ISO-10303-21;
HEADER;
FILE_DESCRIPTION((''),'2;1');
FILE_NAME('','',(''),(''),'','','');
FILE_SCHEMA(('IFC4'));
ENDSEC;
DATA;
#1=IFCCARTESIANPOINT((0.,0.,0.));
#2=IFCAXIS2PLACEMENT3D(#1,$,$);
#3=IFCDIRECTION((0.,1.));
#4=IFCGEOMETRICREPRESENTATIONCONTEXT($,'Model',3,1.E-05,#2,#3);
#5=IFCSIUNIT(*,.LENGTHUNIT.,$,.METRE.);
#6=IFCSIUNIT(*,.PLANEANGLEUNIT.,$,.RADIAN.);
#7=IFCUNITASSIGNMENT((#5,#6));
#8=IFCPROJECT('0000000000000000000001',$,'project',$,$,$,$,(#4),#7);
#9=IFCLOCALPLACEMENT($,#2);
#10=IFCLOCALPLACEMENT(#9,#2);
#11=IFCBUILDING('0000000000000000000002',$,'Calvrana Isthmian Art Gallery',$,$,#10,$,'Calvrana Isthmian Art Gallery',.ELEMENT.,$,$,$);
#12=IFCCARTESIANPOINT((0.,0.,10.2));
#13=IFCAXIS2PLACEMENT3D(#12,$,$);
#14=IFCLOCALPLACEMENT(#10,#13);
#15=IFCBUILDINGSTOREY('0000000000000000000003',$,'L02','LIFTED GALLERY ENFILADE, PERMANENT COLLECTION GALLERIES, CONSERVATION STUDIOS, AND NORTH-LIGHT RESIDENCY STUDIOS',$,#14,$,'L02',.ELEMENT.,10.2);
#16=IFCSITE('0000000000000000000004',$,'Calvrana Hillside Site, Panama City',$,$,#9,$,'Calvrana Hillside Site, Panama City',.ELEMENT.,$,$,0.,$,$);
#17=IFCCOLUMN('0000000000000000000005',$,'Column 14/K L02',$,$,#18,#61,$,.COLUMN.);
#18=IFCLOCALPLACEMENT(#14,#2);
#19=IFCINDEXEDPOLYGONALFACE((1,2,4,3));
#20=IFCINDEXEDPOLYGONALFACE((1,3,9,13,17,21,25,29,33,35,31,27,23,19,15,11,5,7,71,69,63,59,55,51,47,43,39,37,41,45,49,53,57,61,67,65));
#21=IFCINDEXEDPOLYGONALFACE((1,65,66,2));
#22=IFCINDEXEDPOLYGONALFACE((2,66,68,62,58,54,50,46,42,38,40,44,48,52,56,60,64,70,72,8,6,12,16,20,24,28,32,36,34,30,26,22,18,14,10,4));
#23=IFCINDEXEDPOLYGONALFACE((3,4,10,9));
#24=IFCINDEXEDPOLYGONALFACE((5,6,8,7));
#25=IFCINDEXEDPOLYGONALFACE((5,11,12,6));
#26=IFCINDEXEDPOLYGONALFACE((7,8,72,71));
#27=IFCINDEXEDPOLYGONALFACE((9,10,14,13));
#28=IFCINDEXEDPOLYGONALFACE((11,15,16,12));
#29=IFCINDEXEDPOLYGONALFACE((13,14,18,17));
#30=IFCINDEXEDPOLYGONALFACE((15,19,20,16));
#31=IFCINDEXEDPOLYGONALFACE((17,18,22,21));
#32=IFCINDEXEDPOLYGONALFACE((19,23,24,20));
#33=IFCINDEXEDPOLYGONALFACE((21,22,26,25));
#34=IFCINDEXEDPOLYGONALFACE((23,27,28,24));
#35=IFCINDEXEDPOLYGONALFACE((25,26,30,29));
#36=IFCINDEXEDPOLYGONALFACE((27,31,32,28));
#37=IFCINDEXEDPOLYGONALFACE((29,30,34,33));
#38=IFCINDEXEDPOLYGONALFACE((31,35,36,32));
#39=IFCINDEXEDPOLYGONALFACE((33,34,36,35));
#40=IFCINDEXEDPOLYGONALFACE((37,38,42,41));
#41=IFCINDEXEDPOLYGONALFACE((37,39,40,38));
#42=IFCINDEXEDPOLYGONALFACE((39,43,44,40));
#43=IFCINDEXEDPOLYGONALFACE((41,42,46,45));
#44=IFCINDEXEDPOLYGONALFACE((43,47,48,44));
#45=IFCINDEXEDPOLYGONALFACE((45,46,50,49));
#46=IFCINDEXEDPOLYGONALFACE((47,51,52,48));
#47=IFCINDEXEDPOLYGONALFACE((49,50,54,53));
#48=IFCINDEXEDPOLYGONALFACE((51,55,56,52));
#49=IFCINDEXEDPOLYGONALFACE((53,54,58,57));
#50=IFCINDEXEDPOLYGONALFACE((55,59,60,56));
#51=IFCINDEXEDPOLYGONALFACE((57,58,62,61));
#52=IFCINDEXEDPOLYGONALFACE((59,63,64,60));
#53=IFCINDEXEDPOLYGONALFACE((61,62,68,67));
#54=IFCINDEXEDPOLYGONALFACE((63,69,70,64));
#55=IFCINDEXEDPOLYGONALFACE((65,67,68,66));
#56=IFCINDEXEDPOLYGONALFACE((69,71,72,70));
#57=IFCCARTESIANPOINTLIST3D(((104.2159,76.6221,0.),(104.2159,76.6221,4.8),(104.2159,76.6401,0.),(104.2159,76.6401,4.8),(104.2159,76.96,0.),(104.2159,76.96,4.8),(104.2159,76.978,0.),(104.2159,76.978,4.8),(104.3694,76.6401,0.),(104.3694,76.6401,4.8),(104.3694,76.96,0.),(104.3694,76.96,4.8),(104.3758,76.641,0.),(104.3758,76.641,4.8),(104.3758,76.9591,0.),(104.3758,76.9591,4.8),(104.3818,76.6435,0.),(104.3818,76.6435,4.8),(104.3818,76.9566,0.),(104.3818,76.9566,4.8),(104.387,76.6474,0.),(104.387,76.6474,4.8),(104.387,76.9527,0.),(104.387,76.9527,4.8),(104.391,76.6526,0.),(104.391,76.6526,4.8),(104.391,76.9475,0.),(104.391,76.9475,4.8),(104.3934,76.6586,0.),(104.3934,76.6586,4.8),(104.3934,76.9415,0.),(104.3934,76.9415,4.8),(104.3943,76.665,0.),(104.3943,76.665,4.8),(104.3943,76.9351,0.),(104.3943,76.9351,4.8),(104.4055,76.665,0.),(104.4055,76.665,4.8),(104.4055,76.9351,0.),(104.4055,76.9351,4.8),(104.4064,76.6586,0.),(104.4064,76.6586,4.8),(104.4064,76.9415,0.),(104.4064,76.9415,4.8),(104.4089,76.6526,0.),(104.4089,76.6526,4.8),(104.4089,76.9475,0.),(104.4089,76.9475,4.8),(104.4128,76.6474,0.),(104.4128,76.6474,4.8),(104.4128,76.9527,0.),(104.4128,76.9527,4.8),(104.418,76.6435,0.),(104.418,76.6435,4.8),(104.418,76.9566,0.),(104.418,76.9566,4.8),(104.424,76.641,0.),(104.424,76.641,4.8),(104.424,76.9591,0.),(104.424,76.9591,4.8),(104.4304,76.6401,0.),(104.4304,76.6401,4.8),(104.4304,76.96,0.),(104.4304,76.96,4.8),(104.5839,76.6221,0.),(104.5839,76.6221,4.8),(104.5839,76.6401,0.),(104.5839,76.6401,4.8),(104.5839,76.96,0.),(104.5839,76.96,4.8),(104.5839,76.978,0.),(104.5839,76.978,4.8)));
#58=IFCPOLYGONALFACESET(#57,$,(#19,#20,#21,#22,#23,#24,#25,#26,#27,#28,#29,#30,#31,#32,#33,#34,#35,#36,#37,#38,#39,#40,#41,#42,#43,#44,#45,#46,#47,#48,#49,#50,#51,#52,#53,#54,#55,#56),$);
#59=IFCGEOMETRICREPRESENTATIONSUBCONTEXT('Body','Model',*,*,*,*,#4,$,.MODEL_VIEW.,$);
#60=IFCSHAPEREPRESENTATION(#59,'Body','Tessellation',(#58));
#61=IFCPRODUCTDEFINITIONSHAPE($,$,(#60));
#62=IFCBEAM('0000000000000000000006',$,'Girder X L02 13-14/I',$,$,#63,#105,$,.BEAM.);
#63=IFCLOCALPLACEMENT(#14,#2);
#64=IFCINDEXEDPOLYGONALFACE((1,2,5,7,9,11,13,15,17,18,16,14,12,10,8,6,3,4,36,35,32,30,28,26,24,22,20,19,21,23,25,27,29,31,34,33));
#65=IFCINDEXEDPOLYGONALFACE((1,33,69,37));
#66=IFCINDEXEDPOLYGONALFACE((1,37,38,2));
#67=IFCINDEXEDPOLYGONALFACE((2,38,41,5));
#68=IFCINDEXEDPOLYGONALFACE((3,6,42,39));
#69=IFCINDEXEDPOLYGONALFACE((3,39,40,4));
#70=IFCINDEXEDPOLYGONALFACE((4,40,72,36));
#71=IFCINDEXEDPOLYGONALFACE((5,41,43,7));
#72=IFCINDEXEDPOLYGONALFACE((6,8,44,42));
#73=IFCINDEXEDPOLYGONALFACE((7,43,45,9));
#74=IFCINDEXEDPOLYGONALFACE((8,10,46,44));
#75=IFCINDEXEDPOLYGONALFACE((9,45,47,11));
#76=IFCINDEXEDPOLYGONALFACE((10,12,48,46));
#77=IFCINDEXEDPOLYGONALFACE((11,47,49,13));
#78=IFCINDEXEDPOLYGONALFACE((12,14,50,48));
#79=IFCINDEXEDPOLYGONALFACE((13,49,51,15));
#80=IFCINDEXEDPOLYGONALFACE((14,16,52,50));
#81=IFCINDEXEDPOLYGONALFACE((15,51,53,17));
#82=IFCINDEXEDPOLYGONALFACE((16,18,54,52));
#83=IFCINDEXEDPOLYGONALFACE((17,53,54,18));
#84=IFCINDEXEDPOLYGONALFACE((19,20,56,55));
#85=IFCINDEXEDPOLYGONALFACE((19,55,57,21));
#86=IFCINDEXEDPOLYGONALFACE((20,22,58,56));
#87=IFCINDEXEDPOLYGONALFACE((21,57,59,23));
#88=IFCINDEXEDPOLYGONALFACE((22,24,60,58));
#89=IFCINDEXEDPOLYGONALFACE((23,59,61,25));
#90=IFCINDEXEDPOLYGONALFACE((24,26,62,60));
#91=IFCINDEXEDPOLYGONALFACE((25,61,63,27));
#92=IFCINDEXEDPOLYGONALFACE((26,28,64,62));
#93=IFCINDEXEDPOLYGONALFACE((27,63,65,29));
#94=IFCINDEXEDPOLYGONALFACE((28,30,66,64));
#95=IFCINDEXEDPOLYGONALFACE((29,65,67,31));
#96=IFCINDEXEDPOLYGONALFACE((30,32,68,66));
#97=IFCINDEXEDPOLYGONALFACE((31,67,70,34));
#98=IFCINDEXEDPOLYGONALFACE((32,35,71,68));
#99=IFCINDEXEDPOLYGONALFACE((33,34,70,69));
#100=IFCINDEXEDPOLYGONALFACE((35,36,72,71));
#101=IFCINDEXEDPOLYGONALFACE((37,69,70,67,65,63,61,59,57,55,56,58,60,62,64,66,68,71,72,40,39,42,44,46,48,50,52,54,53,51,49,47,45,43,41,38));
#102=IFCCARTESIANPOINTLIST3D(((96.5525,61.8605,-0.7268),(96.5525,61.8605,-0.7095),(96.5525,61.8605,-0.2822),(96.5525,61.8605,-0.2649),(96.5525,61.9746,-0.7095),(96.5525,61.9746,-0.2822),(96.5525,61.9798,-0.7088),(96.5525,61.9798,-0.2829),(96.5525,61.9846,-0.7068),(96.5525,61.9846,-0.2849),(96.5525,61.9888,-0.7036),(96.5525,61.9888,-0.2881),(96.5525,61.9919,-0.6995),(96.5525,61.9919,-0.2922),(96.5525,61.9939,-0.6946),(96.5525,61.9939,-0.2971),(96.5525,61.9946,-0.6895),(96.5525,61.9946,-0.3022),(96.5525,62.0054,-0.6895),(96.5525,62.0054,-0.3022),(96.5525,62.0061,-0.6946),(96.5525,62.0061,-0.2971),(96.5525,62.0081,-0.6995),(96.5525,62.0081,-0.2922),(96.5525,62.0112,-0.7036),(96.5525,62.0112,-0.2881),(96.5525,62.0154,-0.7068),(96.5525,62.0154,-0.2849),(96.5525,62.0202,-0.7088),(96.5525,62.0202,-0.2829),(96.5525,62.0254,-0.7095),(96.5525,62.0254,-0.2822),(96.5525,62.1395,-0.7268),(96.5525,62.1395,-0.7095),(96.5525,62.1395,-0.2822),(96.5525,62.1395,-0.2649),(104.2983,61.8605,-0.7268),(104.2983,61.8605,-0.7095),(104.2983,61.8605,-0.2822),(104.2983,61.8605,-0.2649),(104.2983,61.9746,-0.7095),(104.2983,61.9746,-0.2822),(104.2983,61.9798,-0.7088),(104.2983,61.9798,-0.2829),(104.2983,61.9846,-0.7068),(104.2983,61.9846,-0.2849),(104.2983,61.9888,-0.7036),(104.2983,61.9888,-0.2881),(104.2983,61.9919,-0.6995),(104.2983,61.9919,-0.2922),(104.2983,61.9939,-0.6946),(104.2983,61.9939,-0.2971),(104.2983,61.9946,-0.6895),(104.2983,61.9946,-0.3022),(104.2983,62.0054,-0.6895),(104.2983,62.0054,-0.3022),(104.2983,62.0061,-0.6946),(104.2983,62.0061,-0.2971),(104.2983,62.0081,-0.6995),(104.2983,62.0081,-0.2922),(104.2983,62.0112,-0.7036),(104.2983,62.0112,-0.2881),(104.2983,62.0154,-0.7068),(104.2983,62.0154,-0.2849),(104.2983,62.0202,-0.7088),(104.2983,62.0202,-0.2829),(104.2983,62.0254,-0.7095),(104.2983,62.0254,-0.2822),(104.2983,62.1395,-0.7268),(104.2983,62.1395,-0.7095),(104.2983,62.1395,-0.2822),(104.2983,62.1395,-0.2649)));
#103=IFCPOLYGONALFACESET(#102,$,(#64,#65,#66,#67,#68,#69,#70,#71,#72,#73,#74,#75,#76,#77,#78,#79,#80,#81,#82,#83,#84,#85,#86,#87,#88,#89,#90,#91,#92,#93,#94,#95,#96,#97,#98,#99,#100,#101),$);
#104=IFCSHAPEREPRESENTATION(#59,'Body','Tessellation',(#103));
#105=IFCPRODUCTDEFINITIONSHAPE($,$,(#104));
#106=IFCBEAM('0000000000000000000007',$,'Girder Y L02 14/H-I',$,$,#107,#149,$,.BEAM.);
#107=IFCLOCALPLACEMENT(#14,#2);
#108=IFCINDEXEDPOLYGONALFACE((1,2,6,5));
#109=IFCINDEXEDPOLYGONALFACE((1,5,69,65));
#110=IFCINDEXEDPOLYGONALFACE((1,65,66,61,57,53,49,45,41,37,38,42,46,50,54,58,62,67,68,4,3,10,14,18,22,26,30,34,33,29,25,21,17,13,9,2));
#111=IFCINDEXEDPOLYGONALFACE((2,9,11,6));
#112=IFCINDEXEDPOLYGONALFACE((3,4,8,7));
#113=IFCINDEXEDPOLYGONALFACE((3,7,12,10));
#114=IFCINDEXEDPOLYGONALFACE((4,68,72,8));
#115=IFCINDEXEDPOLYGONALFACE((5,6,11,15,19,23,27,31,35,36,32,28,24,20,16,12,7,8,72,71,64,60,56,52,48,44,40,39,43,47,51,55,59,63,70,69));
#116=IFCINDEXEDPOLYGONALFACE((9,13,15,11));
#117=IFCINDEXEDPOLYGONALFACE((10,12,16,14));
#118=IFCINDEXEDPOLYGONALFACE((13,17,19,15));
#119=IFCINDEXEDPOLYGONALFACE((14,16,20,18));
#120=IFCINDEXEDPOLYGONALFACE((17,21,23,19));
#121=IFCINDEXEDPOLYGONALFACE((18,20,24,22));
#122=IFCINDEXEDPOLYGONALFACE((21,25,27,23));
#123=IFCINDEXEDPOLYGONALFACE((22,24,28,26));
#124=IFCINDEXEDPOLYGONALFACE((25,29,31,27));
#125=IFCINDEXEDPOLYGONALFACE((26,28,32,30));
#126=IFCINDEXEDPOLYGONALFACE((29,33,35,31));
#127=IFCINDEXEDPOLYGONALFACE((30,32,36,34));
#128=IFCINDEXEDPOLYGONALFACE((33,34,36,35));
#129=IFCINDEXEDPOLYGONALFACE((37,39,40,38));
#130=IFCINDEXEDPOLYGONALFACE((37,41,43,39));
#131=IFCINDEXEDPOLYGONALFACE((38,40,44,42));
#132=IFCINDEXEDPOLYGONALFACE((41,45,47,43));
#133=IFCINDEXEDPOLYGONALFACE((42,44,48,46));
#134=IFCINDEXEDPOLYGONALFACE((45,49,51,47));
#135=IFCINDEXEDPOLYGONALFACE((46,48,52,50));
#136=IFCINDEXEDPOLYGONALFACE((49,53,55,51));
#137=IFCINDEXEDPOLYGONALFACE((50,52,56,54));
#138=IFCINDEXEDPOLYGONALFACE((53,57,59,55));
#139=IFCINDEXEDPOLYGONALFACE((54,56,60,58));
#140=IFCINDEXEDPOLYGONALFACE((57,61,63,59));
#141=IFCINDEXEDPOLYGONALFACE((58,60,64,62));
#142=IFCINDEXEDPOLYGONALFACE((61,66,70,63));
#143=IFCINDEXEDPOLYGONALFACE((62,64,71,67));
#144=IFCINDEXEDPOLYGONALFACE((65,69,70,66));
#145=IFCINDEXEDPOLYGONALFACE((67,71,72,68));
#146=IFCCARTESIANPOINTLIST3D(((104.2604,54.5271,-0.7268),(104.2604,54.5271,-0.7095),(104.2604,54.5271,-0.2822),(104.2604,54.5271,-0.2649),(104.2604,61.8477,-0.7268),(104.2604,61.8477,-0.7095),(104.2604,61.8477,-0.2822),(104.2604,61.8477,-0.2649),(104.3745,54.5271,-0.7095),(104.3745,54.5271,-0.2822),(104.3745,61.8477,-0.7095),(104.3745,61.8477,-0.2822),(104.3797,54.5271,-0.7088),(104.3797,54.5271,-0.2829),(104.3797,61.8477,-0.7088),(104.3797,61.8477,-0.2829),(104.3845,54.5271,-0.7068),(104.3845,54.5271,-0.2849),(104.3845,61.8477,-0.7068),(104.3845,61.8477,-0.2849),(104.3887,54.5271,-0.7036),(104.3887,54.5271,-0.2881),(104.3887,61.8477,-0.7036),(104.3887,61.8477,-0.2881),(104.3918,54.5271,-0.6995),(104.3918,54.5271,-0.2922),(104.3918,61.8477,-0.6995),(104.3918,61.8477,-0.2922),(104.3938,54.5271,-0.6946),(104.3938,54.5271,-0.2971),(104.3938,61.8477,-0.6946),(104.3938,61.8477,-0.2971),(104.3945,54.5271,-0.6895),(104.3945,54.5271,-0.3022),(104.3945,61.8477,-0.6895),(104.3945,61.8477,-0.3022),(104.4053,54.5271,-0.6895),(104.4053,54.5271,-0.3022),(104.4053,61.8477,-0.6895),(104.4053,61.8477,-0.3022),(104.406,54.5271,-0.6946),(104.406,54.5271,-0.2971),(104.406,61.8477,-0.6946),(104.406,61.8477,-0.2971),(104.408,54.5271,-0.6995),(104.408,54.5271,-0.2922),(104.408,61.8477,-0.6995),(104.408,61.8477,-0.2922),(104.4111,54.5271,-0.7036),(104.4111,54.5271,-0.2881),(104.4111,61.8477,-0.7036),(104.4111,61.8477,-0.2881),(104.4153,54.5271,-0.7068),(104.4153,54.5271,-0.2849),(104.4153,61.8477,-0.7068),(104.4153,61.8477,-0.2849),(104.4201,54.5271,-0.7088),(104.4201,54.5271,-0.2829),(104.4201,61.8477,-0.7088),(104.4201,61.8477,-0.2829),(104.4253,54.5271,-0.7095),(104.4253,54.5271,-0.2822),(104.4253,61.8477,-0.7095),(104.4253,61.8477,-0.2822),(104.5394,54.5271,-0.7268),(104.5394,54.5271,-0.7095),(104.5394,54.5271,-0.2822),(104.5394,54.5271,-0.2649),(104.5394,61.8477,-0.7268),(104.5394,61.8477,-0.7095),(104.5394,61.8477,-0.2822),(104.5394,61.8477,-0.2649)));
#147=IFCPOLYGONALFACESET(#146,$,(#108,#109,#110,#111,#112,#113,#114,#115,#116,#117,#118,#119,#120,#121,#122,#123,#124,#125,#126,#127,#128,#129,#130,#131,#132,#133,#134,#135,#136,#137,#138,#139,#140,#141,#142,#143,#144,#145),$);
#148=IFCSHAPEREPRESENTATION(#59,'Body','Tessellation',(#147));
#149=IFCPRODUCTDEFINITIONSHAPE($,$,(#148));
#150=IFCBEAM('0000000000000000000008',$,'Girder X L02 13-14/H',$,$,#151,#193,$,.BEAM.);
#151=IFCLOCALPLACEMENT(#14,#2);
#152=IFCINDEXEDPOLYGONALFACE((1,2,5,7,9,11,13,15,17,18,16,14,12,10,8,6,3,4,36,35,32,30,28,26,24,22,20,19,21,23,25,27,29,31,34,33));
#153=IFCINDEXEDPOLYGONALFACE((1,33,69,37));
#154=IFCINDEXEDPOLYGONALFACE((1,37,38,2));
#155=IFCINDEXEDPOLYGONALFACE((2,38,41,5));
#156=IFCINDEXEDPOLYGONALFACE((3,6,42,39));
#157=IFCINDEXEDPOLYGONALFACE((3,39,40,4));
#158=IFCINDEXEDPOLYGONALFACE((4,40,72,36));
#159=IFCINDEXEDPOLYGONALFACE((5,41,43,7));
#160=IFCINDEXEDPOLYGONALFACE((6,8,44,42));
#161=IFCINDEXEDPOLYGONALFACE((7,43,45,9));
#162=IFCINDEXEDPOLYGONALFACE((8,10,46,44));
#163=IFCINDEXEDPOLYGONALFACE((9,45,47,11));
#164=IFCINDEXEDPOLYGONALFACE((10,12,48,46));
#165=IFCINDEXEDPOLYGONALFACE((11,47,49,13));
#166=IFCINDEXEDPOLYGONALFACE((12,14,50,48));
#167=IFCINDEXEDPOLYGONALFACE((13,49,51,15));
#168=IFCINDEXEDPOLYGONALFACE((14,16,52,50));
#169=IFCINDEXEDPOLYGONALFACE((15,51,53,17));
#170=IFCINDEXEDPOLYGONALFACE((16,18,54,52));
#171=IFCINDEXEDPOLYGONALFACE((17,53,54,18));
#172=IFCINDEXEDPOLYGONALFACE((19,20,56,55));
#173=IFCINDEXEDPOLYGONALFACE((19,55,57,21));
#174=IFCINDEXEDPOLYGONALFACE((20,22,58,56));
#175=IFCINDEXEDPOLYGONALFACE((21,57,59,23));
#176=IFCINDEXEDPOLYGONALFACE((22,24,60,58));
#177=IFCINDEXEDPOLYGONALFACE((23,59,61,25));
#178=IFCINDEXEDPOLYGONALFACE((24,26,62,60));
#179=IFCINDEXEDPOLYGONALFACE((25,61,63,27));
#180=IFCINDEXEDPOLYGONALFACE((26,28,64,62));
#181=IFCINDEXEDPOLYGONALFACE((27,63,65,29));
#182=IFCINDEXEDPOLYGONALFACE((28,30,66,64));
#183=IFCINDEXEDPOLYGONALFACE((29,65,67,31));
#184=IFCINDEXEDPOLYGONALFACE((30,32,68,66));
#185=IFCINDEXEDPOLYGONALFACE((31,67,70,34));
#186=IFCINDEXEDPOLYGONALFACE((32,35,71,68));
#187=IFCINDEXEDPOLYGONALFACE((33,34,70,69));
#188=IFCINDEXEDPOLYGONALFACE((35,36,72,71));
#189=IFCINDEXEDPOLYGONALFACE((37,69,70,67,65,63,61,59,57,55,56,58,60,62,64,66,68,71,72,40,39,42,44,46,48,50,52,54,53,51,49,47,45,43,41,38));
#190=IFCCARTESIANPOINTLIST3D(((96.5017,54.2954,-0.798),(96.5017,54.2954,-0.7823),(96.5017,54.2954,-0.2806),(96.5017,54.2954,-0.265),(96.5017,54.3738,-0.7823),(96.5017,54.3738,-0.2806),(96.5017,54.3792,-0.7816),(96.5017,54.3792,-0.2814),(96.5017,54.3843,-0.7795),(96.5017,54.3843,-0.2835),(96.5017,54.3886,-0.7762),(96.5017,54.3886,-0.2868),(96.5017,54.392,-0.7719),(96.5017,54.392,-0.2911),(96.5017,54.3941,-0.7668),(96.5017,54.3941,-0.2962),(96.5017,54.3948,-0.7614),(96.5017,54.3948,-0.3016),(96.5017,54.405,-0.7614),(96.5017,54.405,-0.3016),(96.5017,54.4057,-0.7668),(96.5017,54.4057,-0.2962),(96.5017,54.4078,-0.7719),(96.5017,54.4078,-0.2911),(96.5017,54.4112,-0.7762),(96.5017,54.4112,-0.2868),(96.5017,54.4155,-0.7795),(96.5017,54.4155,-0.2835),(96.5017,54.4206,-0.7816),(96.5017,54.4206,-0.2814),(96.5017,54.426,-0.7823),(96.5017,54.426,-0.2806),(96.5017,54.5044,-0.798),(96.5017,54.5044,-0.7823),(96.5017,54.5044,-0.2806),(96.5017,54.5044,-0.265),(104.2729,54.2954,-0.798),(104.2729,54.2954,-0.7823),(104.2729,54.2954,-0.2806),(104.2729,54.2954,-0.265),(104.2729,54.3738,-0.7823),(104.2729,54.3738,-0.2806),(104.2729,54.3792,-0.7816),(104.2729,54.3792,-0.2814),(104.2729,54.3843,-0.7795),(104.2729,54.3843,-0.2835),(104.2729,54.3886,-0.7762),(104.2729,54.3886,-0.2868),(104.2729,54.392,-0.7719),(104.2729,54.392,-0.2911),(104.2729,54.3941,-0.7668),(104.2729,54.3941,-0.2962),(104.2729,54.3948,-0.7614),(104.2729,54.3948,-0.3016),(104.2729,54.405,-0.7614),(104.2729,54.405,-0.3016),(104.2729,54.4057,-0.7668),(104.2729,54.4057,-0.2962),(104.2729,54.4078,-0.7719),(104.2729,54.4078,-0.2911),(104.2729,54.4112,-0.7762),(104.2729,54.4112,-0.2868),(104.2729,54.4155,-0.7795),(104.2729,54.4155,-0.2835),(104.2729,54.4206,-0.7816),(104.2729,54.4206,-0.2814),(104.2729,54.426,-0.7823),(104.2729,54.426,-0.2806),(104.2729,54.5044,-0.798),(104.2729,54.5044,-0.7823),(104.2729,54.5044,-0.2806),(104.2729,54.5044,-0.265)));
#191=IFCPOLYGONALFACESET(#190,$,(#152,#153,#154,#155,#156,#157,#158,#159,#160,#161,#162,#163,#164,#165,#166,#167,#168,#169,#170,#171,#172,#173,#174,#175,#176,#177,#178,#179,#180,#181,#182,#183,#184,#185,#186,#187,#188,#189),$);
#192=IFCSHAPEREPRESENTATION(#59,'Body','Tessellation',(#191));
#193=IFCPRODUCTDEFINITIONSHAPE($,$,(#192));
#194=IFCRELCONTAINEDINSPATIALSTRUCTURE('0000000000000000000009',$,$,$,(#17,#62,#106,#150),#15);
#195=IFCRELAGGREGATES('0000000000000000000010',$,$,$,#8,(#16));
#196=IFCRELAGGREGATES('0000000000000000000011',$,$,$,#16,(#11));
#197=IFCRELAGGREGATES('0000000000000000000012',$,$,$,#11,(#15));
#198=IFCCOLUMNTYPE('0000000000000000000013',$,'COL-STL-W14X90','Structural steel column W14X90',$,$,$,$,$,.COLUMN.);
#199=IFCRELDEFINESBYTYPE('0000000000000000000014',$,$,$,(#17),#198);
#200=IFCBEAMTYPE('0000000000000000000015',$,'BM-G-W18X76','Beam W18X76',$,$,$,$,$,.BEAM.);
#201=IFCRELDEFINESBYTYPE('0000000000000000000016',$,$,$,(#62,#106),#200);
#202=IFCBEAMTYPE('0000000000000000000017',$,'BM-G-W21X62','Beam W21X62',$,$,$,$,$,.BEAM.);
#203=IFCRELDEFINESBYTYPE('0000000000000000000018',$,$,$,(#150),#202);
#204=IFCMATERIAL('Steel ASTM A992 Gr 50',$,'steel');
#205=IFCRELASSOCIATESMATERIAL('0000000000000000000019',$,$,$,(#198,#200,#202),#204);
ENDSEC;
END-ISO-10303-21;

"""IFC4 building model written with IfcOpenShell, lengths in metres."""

from ifc_helpers import new_model, si_unit, direction, frame, origin, origin_2d, place, context, subcontext, project, spatial, i_section, extrude, material, material_profile, profile_set, type_object, element, save


model = new_model("IFC4")

# Units and contexts
model_context = context("Model", 3, precision=1e-05, world=origin(), true_north=direction((0.0, 1.0)))
body_context = subcontext(model_context, "Body", "Model", "MODEL_VIEW")
ifc_project = project(units=[si_unit("LENGTHUNIT", "METRE"), si_unit("PLANEANGLEUNIT", "RADIAN")], contexts=[model_context])

# Site, building, storey
site_placement = place(None, origin())
site = spatial("IfcSite", under=ifc_project, at=site_placement, Name="Calvrana Hillside Site, Panama City", LongName="Calvrana Hillside Site, Panama City", CompositionType="ELEMENT", RefElevation=0.0)
building_placement = place(site_placement, origin())
building = spatial("IfcBuilding", under=site, at=building_placement, Name="Calvrana Isthmian Art Gallery", LongName="Calvrana Isthmian Art Gallery", CompositionType="ELEMENT")
storey_placement = place(building_placement, frame((0.0, 0.0, 10.2)))
storey = spatial("IfcBuildingStorey", under=building, at=storey_placement, Name="L02", Description="LIFTED GALLERY ENFILADE, PERMANENT COLLECTION GALLERIES, CONSERVATION STUDIOS, AND NORTH-LIGHT RESIDENCY STUDIOS", LongName="L02", CompositionType="ELEMENT", Elevation=10.2)

# Column
ifc_material_1 = material(Name="Steel ASTM A992 Gr 50", Category="steel")
ifc_material_profile_1 = material_profile(ifc_material_1, i_section(OverallWidth=0.3679, OverallDepth=0.356, WebThickness=0.0112, FlangeThickness=0.0181, FilletRadius=0.0249, at=origin_2d()), Name="W14X90")
ifc_profile_set_1 = profile_set([ifc_material_profile_1], Name="Steel ASTM A992 Gr 50")
column_type = type_object("IfcColumnType", Name="COL-STL-W14X90", Description="Structural steel column W14X90", PredefinedType="COLUMN", material=ifc_profile_set_1)
column_placement = place(storey_placement, frame((104.3999, 76.8, 0.0), z_axis=(0.0, 0.0, 1.0), x_axis=(1.0, 0.0, 0.0)))
element("IfcColumn", 1, at=column_placement, inside=storey, type_object=column_type, Name="Column 14/K L02", PredefinedType="COLUMN", context=body_context, shape_type="SweptSolid", body=[
    extrude(i_section(OverallWidth=0.3679, OverallDepth=0.356, WebThickness=0.0112, FlangeThickness=0.0181, FilletRadius=0.0249, at=origin_2d()), origin(), (0.0, 0.0, 1.0), 4.8),
])

# Beams
ifc_material_profile_2 = material_profile(ifc_material_1, i_section(OverallWidth=0.2791, OverallDepth=0.4619, WebThickness=0.0107, FlangeThickness=0.0173, FilletRadius=0.02, at=origin_2d()), Name="W18X76")
ifc_profile_set_2 = profile_set([ifc_material_profile_2], Name="Steel ASTM A992 Gr 50")
beam_type_1 = type_object("IfcBeamType", Name="BM-G-W18X76", Description="Beam W18X76", PredefinedType="BEAM", material=ifc_profile_set_2)
beam_1_placement = place(storey_placement, frame((96.5525, 62.0, -0.4958), z_axis=(1.0, 0.0, 0.0), x_axis=(0.0, 1.0, 0.0)))
element("IfcBeam", 2, at=beam_1_placement, inside=storey, type_object=beam_type_1, Name="Girder X L02 13-14/I", PredefinedType="BEAM", context=body_context, shape_type="SweptSolid", body=[
    extrude(i_section(OverallWidth=0.2791, OverallDepth=0.4619, WebThickness=0.0107, FlangeThickness=0.0173, FilletRadius=0.02, at=origin_2d()), origin(), (0.0, 0.0, 1.0), 7.7458),
])
beam_2_placement = place(storey_placement, frame((104.3999, 54.5271, -0.4958), z_axis=(0.0, 1.0, 0.0), x_axis=(-1.0, 0.0, 0.0)))
element("IfcBeam", 3, at=beam_2_placement, inside=storey, type_object=beam_type_1, Name="Girder Y L02 14/H-I", PredefinedType="BEAM", context=body_context, shape_type="SweptSolid", body=[
    extrude(i_section(OverallWidth=0.2791, OverallDepth=0.4619, WebThickness=0.0107, FlangeThickness=0.0173, FilletRadius=0.02, at=origin_2d()), origin(), (0.0, 0.0, 1.0), 7.3206),
])
ifc_material_profile_3 = material_profile(ifc_material_1, i_section(OverallWidth=0.209, OverallDepth=0.533, WebThickness=0.0103, FlangeThickness=0.0156, FilletRadius=0.021, at=origin_2d()), Name="W21X62")
ifc_profile_set_3 = profile_set([ifc_material_profile_3], Name="Steel ASTM A992 Gr 50")
beam_type_2 = type_object("IfcBeamType", Name="BM-G-W21X62", Description="Beam W21X62", PredefinedType="BEAM", material=ifc_profile_set_3)
beam_3_placement = place(storey_placement, frame((96.5017, 54.3999, -0.5315), z_axis=(1.0, 0.0, 0.0), x_axis=(0.0, 1.0, 0.0)))
element("IfcBeam", 4, at=beam_3_placement, inside=storey, type_object=beam_type_2, Name="Girder X L02 13-14/H", PredefinedType="BEAM", context=body_context, shape_type="SweptSolid", body=[
    extrude(i_section(OverallWidth=0.209, OverallDepth=0.533, WebThickness=0.0103, FlangeThickness=0.0156, FilletRadius=0.021, at=origin_2d()), origin(), (0.0, 0.0, 1.0), 7.7712),
])

save(model, "model.ifc")
